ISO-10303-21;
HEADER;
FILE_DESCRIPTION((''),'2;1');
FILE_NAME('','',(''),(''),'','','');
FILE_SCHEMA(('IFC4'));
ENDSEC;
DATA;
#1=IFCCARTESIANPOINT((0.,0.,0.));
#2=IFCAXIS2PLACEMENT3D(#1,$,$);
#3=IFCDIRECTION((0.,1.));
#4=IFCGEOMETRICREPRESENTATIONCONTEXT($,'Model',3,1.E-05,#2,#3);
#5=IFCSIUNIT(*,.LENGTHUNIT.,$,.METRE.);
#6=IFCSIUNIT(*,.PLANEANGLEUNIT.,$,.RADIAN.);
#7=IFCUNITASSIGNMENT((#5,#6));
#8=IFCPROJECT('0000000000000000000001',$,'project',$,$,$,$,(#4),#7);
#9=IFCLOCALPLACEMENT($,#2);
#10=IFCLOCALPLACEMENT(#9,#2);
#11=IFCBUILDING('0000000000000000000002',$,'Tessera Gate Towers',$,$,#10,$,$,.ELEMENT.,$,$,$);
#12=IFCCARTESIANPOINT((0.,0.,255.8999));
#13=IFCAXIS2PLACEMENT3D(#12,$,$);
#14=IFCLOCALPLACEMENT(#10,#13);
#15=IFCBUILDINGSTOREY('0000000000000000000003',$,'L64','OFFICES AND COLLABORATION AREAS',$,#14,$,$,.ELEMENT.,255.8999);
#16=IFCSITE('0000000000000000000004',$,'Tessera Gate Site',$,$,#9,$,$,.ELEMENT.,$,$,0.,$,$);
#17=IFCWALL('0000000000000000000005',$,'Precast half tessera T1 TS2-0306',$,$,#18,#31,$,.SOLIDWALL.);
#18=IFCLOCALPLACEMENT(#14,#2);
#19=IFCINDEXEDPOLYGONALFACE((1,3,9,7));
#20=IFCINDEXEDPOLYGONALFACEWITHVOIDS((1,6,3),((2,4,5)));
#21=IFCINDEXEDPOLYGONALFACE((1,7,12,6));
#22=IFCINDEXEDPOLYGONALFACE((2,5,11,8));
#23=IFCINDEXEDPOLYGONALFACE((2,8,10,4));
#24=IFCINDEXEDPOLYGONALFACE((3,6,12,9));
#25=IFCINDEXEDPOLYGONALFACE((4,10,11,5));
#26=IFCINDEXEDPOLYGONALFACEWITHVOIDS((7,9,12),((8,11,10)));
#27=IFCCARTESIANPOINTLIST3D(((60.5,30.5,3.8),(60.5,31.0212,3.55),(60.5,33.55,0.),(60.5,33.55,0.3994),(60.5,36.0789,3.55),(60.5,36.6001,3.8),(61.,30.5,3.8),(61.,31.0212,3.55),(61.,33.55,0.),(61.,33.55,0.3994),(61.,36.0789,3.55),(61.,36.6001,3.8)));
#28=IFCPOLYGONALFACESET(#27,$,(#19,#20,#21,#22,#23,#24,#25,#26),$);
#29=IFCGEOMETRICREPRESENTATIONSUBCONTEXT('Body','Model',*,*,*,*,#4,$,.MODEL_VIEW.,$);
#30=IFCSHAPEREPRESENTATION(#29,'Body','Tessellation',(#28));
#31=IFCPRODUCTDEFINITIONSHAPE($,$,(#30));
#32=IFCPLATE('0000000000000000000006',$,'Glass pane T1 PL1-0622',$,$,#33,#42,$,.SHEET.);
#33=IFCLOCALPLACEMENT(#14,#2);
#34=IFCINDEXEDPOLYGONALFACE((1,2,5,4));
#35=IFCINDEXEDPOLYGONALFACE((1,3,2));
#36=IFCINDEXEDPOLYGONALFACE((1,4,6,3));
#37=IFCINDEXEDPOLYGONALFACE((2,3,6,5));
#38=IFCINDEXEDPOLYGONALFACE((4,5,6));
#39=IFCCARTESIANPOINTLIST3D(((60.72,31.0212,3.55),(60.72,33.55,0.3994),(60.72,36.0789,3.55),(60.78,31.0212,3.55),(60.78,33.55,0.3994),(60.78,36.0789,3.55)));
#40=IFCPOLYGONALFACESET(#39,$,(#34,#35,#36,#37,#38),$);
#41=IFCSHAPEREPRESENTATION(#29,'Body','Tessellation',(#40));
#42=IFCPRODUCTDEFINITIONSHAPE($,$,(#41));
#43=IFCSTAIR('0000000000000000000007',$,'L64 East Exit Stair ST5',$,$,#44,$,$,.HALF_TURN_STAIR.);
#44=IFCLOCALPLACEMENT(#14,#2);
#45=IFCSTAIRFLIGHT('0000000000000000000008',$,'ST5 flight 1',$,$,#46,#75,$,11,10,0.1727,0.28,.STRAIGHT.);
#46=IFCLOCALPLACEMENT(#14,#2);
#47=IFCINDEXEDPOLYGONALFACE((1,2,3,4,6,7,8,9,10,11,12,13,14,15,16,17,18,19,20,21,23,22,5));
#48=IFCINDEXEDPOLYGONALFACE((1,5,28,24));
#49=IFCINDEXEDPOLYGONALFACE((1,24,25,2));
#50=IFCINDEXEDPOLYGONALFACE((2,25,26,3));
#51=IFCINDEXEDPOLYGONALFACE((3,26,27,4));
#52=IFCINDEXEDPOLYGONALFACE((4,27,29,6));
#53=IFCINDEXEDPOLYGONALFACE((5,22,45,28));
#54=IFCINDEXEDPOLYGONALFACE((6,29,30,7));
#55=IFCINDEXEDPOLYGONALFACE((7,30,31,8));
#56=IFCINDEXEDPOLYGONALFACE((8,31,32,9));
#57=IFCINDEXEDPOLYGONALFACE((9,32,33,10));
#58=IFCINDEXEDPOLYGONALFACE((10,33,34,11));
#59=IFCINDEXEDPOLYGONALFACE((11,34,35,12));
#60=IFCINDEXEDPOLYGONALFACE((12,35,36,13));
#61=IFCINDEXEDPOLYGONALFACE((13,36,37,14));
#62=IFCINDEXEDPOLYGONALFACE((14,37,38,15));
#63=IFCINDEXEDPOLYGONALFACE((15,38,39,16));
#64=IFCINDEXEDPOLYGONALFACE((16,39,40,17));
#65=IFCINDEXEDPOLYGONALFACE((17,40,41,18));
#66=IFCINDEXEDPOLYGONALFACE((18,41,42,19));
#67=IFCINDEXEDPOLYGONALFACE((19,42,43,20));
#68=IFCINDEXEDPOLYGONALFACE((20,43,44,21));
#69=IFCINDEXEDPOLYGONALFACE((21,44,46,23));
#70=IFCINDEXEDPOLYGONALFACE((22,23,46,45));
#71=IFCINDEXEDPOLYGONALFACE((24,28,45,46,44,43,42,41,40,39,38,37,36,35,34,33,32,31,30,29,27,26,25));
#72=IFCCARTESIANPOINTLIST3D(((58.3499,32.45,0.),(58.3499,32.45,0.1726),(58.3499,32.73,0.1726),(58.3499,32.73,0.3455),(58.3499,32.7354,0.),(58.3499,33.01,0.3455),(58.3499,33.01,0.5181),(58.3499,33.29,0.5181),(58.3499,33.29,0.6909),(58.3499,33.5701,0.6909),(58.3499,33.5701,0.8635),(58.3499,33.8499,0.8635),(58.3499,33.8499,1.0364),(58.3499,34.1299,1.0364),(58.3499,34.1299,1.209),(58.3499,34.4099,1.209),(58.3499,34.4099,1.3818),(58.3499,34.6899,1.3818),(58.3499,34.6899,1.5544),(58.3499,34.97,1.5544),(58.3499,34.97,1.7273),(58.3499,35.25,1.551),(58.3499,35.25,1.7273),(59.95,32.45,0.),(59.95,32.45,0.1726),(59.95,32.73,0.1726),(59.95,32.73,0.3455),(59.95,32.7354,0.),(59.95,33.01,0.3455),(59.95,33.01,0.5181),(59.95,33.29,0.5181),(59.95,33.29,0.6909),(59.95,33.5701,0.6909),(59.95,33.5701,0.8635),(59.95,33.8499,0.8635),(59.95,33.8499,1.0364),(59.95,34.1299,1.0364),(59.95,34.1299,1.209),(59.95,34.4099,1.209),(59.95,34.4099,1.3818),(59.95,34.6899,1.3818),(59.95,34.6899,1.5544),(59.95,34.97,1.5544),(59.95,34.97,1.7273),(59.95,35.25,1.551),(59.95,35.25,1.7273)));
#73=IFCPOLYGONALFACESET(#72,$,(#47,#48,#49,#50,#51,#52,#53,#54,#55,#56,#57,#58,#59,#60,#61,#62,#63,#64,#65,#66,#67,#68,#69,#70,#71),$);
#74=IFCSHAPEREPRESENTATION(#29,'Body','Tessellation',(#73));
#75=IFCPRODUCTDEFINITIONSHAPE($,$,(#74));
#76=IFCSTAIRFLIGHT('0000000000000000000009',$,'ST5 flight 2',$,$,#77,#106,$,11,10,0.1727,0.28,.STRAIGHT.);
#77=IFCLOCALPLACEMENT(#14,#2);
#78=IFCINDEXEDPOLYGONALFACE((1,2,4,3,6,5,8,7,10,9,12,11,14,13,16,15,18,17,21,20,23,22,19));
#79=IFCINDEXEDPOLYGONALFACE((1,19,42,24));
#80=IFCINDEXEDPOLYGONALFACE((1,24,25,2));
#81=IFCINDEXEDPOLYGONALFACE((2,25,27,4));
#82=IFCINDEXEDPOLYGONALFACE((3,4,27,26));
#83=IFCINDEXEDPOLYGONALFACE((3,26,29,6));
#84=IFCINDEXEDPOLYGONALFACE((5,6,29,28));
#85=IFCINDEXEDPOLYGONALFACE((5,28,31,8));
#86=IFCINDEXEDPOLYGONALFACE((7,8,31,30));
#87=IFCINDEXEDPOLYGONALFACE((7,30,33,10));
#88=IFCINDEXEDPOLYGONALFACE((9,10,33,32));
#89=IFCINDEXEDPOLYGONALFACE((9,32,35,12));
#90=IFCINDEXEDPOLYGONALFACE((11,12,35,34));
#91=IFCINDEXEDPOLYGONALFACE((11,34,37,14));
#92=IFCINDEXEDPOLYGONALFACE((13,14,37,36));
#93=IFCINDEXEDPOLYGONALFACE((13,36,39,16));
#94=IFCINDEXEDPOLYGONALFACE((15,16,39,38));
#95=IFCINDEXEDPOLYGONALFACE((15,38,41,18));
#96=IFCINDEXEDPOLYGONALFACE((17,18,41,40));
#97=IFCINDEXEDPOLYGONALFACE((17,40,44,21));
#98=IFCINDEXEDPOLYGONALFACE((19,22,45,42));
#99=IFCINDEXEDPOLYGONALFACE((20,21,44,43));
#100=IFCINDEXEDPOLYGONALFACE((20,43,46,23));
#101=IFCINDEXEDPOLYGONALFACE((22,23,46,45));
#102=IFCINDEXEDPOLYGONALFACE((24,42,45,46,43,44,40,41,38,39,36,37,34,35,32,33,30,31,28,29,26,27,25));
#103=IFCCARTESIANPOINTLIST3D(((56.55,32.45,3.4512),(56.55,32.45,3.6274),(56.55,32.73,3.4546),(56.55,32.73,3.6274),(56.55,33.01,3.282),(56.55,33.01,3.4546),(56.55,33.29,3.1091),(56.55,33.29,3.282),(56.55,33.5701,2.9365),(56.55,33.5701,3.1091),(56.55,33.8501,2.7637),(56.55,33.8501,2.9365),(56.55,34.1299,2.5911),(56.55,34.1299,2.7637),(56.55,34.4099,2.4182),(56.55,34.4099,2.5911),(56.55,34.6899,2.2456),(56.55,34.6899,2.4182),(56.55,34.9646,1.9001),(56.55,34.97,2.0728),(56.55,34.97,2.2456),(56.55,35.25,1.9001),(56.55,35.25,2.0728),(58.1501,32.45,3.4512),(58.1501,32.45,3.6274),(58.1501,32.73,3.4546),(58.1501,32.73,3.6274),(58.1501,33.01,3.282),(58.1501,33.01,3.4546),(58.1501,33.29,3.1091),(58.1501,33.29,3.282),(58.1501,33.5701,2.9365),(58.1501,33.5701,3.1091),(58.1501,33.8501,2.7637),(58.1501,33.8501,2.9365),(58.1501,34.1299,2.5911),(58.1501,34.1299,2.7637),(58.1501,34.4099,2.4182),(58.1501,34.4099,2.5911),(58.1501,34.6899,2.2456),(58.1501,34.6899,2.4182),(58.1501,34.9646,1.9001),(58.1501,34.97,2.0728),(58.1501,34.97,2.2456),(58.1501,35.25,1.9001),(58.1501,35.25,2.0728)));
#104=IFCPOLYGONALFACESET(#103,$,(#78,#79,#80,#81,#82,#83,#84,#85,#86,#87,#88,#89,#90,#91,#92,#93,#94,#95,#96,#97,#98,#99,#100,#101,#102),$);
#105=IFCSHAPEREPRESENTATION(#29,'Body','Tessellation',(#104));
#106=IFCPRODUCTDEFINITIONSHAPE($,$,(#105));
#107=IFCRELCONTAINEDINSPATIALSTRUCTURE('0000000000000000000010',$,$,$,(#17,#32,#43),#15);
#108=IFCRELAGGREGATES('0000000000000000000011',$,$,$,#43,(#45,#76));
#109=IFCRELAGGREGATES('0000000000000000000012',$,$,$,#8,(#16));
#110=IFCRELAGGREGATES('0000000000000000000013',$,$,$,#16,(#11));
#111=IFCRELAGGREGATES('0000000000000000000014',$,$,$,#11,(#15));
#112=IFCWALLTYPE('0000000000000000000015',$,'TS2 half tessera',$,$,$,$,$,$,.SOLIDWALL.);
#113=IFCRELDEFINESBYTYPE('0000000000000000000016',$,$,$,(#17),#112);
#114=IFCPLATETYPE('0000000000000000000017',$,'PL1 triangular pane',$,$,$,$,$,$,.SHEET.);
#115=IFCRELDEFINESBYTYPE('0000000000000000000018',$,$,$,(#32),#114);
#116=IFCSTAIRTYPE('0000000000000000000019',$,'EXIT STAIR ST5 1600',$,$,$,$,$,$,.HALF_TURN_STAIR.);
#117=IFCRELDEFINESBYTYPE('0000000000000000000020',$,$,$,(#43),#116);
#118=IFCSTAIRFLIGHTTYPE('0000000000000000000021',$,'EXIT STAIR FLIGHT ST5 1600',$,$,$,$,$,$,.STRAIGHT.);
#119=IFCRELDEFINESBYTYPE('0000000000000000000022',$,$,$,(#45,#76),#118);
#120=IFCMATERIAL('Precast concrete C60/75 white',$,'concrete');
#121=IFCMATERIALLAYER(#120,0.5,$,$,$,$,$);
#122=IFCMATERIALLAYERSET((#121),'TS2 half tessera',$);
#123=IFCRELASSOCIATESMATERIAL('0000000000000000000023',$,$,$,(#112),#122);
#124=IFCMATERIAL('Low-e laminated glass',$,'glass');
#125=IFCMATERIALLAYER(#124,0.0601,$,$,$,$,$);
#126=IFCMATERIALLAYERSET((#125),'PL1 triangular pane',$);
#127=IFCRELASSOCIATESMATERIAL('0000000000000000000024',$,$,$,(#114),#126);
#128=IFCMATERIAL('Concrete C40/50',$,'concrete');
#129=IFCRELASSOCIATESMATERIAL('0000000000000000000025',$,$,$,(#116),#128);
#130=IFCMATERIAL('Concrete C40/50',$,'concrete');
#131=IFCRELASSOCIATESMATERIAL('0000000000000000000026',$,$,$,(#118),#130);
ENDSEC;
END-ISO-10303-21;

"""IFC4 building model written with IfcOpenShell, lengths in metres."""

from ifc_helpers import new_model, si_unit, direction, frame, origin, place, context, subcontext, project, spatial, polyline, outline, extrude, source, transform, mapped, material, layer, layer_set, type_object, element, fill, aggregate, save


model = new_model("IFC4")

# Units and contexts
model_context = context("Model", 3, precision=1e-05, world=origin(), true_north=direction((0.0, 1.0)))
body_context = subcontext(model_context, "Body", "Model", "MODEL_VIEW")
ifc_project = project(units=[si_unit("LENGTHUNIT", "METRE"), si_unit("PLANEANGLEUNIT", "RADIAN")], contexts=[model_context])

# Site, building, storey
site_placement = place(None, origin())
site = spatial("IfcSite", under=ifc_project, at=site_placement, Name="Tessera Gate Site", CompositionType="ELEMENT", RefElevation=0.0)
building_placement = place(site_placement, origin())
building = spatial("IfcBuilding", under=site, at=building_placement, Name="Tessera Gate Towers", CompositionType="ELEMENT")
storey_placement = place(building_placement, frame((0.0, 0.0, 255.8999)))
storey = spatial("IfcBuildingStorey", under=building, at=storey_placement, Name="L64", Description="OFFICES AND COLLABORATION AREAS", CompositionType="ELEMENT", Elevation=255.8999)

# Wall, opening, plate
ifc_material_1 = material(Name="Precast concrete C60/75 white", Category="concrete")
ifc_layer_1 = layer(ifc_material_1, 0.5)
ifc_layer_set_1 = layer_set([ifc_layer_1], Name="TS2 half tessera")
wall_type_1 = type_object("IfcWallType", Name="TS2 half tessera", PredefinedType="SOLIDWALL", material=ifc_layer_set_1)
shared_shape_1 = source(origin(), body_context, "Body", "SweptSolid", [
    extrude(outline(polyline([(3.05, 0.0), (6.1001, 3.8), (0.0, 3.8), (3.05, 0.0)])), frame((0.0, 0.25, 0.0), z_axis=(0.0, -1.0, 0.0), x_axis=(1.0, 0.0, 0.0)), (0.0, 0.0, 1.0), 0.5),
])
wall_1_placement = place(storey_placement, frame((60.75, 30.5, 0.0), z_axis=(0.0, 0.0, 1.0), x_axis=(0.0, 1.0, 0.0)))
wall_1 = element("IfcWall", 1, at=wall_1_placement, inside=storey, type_object=wall_type_1, Name="Precast half tessera T1 TS2-0306", PredefinedType="SOLIDWALL", context=body_context, shape_type="MappedRepresentation", body=[
    mapped(shared_shape_1, transform((0.0, 0.0, 0.0), scale=1.0)),
])
shared_shape_2 = source(origin(), body_context, "Body", "SweptSolid", [
    extrude(outline(polyline([(3.05, 0.3994), (5.5789, 3.55), (0.5212, 3.55), (3.05, 0.3994)])), frame((0.0, 0.26, 0.0), z_axis=(0.0, -1.0, 0.0), x_axis=(1.0, 0.0, 0.0)), (0.0, 0.0, 1.0), 0.52),
])
opening_1_placement = place(wall_1_placement, origin())
opening_1 = element("IfcOpeningElement", 2, at=opening_1_placement, cuts=wall_1, PredefinedType="OPENING", context=body_context, shape_type="MappedRepresentation", body=[
    mapped(shared_shape_2, transform((0.0, 0.0, 0.0), scale=1.0)),
])
ifc_material_2 = material(Name="Low-e laminated glass", Category="glass")
ifc_layer_2 = layer(ifc_material_2, 0.0601)
ifc_layer_set_2 = layer_set([ifc_layer_2], Name="PL1 triangular pane")
plate_type = type_object("IfcPlateType", Name="PL1 triangular pane", PredefinedType="SHEET", material=ifc_layer_set_2)
shared_shape_3 = source(origin(), body_context, "Body", "SweptSolid", [
    extrude(outline(polyline([(3.05, 0.3994), (5.5789, 3.55), (0.5212, 3.55), (3.05, 0.3994)])), frame((0.0, 0.03, 0.0), z_axis=(0.0, -1.0, 0.0), x_axis=(1.0, 0.0, 0.0)), (0.0, 0.0, 1.0), 0.0601),
])
plate_placement = place(opening_1_placement, origin())
plate = element("IfcPlate", 3, at=plate_placement, inside=storey, type_object=plate_type, Name="Glass pane T1 PL1-0622", PredefinedType="SHEET", context=body_context, shape_type="MappedRepresentation", body=[
    mapped(shared_shape_3, transform((0.0, 0.0, 0.0), scale=1.0)),
])
fill(opening_1, plate)

# Stair, stair flights
ifc_material_3 = material(Name="Concrete C40/50", Category="concrete")
stair_type = type_object("IfcStairType", Name="EXIT STAIR ST5 1600", PredefinedType="HALF_TURN_STAIR", material=ifc_material_3)
stair_placement = place(storey_placement, origin())
stair = element("IfcStair", 4, at=stair_placement, inside=storey, type_object=stair_type, Name="L64 East Exit Stair ST5", PredefinedType="HALF_TURN_STAIR")
ifc_material_4 = material(Name="Concrete C40/50", Category="concrete")
stair_flight_type = type_object("IfcStairFlightType", Name="EXIT STAIR FLIGHT ST5 1600", PredefinedType="STRAIGHT", material=ifc_material_4)
stair_flight_1_placement = place(storey_placement, frame((59.1499, 32.45, 0.0), z_axis=(0.0, 0.0, 1.0), x_axis=(0.0, 1.0, 0.0)))
stair_flight_1 = element("IfcStairFlight", 5, at=stair_flight_1_placement, type_object=stair_flight_type, Name="ST5 flight 1", NumberOfRisers=11, NumberOfTreads=10, PredefinedType="STRAIGHT", RiserHeight=0.1727, TreadLength=0.28, context=body_context, shape_type="SweptSolid", body=[
    extrude(outline(polyline([(0.0, 0.0), (0.0, 0.1726), (0.28, 0.1726), (0.28, 0.3455), (0.5601, 0.3455), (0.5601, 0.5181), (0.8401, 0.5181), (0.8401, 0.6909), (1.1201, 0.6909), (1.1201, 0.8635), (1.3999, 0.8635), (1.3999, 1.0364), (1.6799, 1.0364), (1.6799, 1.209), (1.96, 1.209), (1.96, 1.3818), (2.24, 1.3818), (2.24, 1.5544), (2.52, 1.5544), (2.52, 1.7273), (2.8, 1.7273), (2.8, 1.8999), (2.8, 1.551), (0.2854, 0.0), (0.0, 0.0)])), frame((0.0, 0.8, 0.0), z_axis=(0.0, -1.0, 0.0), x_axis=(1.0, 0.0, 0.0)), (0.0, 0.0, 1.0), 1.6001),
])
stair_flight_2_placement = place(storey_placement, frame((57.3501, 35.25, 1.9001), z_axis=(0.0, 0.0, 1.0), x_axis=(0.0, -1.0, 0.0)))
stair_flight_2 = element("IfcStairFlight", 6, at=stair_flight_2_placement, type_object=stair_flight_type, Name="ST5 flight 2", NumberOfRisers=11, NumberOfTreads=10, PredefinedType="STRAIGHT", RiserHeight=0.1727, TreadLength=0.28, context=body_context, shape_type="SweptSolid", body=[
    extrude(outline(polyline([(0.0, 0.0), (0.0, 0.1726), (0.28, 0.1726), (0.28, 0.3455), (0.5601, 0.3455), (0.5601, 0.5181), (0.8401, 0.5181), (0.8401, 0.6909), (1.1201, 0.6909), (1.1201, 0.8635), (1.3999, 0.8635), (1.3999, 1.0364), (1.6799, 1.0364), (1.6799, 1.209), (1.96, 1.209), (1.96, 1.3818), (2.24, 1.3818), (2.24, 1.5544), (2.52, 1.5544), (2.52, 1.7273), (2.8, 1.7273), (2.8, 1.8999), (2.8, 1.551), (0.2854, 0.0), (0.0, 0.0)])), frame((0.0, 0.8, 0.0), z_axis=(0.0, -1.0, 0.0), x_axis=(1.0, 0.0, 0.0)), (0.0, 0.0, 1.0), 1.6001),
])
aggregate(stair, [stair_flight_1, stair_flight_2])

save(model, "model.ifc")
